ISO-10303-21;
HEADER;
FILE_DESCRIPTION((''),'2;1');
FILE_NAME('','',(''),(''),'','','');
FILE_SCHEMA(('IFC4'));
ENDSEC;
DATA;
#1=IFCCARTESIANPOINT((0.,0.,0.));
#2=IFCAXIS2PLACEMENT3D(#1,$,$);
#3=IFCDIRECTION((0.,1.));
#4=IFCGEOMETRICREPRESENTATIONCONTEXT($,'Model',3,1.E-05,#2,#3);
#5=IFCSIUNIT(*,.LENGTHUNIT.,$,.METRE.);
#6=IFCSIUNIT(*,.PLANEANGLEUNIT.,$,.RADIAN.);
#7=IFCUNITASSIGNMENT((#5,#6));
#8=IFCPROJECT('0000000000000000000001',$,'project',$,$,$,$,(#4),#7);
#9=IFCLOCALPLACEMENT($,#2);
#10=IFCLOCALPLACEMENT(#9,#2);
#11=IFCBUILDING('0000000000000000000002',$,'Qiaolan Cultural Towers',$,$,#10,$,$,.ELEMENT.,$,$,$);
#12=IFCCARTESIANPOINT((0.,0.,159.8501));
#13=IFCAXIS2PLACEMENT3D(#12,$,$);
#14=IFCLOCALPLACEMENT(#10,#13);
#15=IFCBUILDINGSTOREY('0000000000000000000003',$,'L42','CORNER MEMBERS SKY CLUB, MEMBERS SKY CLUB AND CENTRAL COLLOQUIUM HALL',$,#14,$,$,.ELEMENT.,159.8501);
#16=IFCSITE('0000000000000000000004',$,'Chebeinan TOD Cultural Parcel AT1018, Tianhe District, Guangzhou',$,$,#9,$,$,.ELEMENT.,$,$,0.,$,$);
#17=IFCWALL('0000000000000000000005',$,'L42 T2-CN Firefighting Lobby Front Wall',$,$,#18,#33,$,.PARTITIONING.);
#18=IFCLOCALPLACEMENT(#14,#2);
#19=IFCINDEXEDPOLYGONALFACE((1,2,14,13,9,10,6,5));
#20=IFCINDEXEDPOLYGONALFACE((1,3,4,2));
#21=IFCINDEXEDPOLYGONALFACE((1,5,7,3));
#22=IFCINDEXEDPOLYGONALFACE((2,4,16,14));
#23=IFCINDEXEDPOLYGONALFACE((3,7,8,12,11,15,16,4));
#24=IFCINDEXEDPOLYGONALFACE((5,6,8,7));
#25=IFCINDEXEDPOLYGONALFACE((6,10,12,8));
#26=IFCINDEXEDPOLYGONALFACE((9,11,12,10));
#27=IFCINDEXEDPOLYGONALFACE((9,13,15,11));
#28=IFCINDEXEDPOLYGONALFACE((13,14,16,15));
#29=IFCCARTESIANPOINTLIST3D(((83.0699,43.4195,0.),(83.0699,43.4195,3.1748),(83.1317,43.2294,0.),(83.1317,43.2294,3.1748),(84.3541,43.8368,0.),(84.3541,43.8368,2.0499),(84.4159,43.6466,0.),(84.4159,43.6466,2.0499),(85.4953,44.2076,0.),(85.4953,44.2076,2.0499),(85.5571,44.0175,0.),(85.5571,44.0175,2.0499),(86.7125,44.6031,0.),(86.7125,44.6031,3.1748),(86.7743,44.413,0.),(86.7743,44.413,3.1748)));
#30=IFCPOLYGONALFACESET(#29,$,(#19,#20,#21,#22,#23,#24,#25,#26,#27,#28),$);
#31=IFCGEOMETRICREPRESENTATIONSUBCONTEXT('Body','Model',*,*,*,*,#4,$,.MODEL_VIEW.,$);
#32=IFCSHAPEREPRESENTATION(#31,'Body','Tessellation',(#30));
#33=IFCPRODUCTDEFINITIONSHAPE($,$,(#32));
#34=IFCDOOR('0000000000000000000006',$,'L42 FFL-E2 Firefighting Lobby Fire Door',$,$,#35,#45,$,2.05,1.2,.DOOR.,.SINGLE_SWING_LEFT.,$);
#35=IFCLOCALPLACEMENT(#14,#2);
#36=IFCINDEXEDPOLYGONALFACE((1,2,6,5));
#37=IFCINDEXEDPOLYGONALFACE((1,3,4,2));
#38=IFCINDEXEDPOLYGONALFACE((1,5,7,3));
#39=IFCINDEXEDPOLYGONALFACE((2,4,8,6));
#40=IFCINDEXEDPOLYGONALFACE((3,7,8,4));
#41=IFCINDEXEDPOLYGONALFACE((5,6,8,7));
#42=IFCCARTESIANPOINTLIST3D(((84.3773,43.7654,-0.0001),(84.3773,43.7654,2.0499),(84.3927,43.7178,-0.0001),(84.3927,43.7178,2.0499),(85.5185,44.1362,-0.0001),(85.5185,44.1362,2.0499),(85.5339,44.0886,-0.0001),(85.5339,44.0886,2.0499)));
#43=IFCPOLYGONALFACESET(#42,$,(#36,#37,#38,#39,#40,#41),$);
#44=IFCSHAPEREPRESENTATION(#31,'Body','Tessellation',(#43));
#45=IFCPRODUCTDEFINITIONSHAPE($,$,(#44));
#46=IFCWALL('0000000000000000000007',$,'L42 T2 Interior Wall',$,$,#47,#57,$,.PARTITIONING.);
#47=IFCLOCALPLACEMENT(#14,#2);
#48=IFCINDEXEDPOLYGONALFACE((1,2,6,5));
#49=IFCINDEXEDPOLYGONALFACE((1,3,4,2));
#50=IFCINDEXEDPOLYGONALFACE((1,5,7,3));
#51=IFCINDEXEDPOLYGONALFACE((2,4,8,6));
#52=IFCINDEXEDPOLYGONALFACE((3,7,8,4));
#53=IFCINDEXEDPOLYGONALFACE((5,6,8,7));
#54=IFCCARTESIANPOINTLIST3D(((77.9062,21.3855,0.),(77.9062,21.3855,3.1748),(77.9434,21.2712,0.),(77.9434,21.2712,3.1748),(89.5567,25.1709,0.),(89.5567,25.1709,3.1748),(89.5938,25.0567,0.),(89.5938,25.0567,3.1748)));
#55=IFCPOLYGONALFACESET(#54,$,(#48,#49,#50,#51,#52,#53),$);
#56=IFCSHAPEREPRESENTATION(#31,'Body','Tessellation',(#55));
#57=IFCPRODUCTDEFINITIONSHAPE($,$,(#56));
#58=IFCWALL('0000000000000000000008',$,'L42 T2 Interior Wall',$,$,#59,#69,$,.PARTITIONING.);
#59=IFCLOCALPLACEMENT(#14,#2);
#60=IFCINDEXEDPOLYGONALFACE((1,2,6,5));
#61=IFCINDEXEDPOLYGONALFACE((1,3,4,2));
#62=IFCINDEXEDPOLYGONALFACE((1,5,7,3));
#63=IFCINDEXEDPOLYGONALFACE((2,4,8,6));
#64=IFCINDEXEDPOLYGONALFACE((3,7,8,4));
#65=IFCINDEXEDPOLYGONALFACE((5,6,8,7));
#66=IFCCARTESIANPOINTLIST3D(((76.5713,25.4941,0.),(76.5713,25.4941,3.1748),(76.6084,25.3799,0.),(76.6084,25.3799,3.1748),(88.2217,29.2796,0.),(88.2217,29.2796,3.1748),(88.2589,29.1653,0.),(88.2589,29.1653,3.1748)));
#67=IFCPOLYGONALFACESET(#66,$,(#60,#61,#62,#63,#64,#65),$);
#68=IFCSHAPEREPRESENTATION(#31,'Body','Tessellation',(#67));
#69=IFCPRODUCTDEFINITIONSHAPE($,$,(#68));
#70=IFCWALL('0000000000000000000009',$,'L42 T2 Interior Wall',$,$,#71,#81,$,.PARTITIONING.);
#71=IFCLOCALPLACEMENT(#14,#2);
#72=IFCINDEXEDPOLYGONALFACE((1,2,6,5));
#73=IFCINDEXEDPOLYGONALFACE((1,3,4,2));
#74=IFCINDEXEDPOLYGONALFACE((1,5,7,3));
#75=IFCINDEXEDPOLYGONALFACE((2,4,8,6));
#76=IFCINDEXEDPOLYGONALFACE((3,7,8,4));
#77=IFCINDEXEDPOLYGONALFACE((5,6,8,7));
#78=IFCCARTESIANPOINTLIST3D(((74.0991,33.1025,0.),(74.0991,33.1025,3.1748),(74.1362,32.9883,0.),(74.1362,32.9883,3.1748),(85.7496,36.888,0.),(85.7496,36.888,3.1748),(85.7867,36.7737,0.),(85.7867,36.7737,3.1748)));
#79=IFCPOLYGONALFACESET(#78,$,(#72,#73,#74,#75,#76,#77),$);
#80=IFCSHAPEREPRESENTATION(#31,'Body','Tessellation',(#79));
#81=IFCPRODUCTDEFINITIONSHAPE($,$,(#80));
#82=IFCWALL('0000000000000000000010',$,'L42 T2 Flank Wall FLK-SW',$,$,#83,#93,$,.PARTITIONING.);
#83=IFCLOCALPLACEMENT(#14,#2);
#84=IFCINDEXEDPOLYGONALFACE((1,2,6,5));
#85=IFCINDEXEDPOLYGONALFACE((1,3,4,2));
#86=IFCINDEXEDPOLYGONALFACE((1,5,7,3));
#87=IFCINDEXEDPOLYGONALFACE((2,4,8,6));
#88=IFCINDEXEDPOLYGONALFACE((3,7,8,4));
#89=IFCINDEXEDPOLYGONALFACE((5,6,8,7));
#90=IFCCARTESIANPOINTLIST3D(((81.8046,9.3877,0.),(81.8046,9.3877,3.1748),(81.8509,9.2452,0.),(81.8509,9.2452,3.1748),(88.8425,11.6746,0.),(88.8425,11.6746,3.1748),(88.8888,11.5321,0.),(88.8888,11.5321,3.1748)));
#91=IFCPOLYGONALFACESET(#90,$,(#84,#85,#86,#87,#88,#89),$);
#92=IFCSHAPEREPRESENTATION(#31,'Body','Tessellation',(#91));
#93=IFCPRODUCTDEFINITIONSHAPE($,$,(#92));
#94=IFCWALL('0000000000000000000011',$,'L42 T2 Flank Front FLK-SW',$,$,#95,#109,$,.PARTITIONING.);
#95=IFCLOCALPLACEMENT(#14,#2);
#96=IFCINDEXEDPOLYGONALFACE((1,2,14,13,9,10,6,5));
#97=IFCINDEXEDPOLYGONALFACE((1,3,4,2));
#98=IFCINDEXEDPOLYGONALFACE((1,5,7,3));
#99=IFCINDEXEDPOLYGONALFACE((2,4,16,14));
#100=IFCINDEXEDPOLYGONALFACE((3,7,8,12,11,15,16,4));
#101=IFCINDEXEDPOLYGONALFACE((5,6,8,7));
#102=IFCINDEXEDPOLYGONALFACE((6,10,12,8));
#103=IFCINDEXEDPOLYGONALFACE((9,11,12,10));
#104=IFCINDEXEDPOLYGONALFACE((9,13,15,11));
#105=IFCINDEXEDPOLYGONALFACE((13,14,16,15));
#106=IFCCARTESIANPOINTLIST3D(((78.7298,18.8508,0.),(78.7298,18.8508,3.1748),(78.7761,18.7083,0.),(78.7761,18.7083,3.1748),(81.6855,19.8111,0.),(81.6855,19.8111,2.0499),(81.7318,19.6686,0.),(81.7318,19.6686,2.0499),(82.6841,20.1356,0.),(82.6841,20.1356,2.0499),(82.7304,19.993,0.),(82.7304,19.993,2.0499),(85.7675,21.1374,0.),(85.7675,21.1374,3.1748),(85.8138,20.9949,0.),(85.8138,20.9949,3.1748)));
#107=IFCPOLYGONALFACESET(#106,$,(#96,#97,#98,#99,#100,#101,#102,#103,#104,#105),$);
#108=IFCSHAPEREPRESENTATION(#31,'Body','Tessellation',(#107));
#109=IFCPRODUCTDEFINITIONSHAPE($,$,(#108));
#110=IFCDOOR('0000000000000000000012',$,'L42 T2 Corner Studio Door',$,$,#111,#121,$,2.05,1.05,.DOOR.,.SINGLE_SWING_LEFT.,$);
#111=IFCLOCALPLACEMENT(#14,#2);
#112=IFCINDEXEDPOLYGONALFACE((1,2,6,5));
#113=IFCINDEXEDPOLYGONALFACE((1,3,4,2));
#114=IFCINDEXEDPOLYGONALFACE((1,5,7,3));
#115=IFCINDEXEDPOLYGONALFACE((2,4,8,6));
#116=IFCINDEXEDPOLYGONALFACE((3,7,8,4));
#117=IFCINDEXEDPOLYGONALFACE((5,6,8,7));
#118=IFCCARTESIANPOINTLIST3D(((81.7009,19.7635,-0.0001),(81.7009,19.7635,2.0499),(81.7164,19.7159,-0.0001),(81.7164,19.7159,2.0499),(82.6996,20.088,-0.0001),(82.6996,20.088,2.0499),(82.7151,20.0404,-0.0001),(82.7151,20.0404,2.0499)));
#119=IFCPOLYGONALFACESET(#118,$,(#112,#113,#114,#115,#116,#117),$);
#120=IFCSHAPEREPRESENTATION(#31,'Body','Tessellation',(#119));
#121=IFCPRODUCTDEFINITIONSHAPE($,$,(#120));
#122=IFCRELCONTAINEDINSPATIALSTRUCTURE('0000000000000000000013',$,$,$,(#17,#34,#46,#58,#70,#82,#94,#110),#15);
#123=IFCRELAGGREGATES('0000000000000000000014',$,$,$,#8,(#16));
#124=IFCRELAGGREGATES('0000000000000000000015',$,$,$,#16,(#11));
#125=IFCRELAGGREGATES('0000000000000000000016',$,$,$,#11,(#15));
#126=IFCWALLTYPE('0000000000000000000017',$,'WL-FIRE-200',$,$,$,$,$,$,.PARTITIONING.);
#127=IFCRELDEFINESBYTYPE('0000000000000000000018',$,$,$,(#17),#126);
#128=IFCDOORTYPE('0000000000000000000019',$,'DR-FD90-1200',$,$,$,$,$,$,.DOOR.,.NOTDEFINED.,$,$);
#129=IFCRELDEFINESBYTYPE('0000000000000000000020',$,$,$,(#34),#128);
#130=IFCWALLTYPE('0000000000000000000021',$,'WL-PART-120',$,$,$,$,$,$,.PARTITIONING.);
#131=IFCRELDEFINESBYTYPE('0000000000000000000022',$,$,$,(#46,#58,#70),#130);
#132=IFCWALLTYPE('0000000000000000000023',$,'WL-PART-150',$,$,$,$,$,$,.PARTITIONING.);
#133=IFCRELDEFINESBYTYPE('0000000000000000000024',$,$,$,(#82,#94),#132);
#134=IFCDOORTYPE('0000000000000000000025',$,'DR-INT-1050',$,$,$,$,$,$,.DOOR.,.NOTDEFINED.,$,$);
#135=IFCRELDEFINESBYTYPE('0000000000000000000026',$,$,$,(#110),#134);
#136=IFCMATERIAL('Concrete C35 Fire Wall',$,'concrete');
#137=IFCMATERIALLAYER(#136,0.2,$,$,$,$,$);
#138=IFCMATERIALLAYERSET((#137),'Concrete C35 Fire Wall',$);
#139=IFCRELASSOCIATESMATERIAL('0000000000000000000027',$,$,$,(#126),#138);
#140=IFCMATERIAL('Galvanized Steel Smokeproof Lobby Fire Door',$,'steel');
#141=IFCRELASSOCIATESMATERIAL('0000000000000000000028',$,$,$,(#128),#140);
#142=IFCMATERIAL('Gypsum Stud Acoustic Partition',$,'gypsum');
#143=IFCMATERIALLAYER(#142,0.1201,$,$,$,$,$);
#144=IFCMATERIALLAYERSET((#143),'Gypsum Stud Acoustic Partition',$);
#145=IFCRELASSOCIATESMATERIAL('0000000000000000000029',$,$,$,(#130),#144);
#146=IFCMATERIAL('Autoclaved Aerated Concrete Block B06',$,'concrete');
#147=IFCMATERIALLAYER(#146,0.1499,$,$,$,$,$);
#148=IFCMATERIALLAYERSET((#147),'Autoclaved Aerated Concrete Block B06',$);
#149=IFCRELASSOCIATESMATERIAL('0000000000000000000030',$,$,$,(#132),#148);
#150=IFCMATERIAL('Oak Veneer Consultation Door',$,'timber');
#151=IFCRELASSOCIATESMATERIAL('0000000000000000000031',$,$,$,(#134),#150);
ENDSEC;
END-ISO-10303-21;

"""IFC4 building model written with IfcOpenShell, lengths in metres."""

from ifc_helpers import new_model, si_unit, direction, frame, frame_2d, origin, place, context, subcontext, project, spatial, rectangle, extrude, material, layer, layer_set, type_object, element, fill, save


model = new_model("IFC4")

# Units and contexts
model_context = context("Model", 3, precision=1e-05, world=origin(), true_north=direction((0.0, 1.0)))
body_context = subcontext(model_context, "Body", "Model", "MODEL_VIEW")
ifc_project = project(units=[si_unit("LENGTHUNIT", "METRE"), si_unit("PLANEANGLEUNIT", "RADIAN")], contexts=[model_context])

# Site, building, storey
site_placement = place(None, origin())
site = spatial("IfcSite", under=ifc_project, at=site_placement, Name="Chebeinan TOD Cultural Parcel AT1018, Tianhe District, Guangzhou", CompositionType="ELEMENT", RefElevation=0.0)
building_placement = place(site_placement, origin())
building = spatial("IfcBuilding", under=site, at=building_placement, Name="Qiaolan Cultural Towers", CompositionType="ELEMENT")
storey_placement = place(building_placement, frame((0.0, 0.0, 159.8501)))
storey = spatial("IfcBuildingStorey", under=building, at=storey_placement, Name="L42", Description="CORNER MEMBERS SKY CLUB, MEMBERS SKY CLUB AND CENTRAL COLLOQUIUM HALL", CompositionType="ELEMENT", Elevation=159.8501)

# Wall, opening, door
ifc_material_1 = material(Name="Concrete C35 Fire Wall", Category="concrete")
ifc_layer_1 = layer(ifc_material_1, 0.2)
ifc_layer_set_1 = layer_set([ifc_layer_1], Name="Concrete C35 Fire Wall")
wall_type_1 = type_object("IfcWallType", Name="WL-FIRE-200", PredefinedType="PARTITIONING", material=ifc_layer_set_1)
wall_1_placement = place(storey_placement, frame((83.1008, 43.3245, 0.0), z_axis=(0.0, 0.0, 1.0), x_axis=(0.951053, 0.309028, 0.0)))
wall_1 = element("IfcWall", 1, at=wall_1_placement, inside=storey, type_object=wall_type_1, Name="L42 T2-CN Firefighting Lobby Front Wall", PredefinedType="PARTITIONING", context=body_context, shape_type="SweptSolid", body=[
    extrude(rectangle(XDim=3.8301, YDim=0.2, at=frame_2d((1.915, 0.0))), origin(), (0.0, 0.0, 1.0), 3.1748),
])
opening_1_placement = place(wall_1_placement, frame((1.3501, 0.0, 0.0)))
opening_1 = element("IfcOpeningElement", 2, at=opening_1_placement, cuts=wall_1, PredefinedType="OPENING", context=body_context, shape_type="SweptSolid", body=[
    extrude(rectangle(XDim=1.2, YDim=2.05, at=frame_2d((0.6001, 1.0249))), frame((0.0, 0.1099, 0.0), z_axis=(0.0, -1.0, 0.0), x_axis=(1.0, 0.0, 0.0)), (0.0, 0.0, 1.0), 0.22),
])
ifc_material_2 = material(Name="Galvanized Steel Smokeproof Lobby Fire Door", Category="steel")
door_type_1 = type_object("IfcDoorType", Name="DR-FD90-1200", OperationType="NOTDEFINED", PredefinedType="DOOR", material=ifc_material_2)
door_1_placement = place(opening_1_placement, origin())
door_1 = element("IfcDoor", 3, at=door_1_placement, inside=storey, type_object=door_type_1, Name="L42 FFL-E2 Firefighting Lobby Fire Door", OperationType="SINGLE_SWING_LEFT", OverallHeight=2.05, OverallWidth=1.2, PredefinedType="DOOR", context=body_context, shape_type="SweptSolid", body=[
    extrude(rectangle(XDim=1.2, YDim=2.05, at=frame_2d((0.6001, 1.0249))), frame((0.0, 0.0249, 0.0), z_axis=(0.0, -1.0, 0.0), x_axis=(1.0, 0.0, 0.0)), (0.0, 0.0, 1.0), 0.05),
])
fill(opening_1, door_1)

# Walls
ifc_material_3 = material(Name="Gypsum Stud Acoustic Partition", Category="gypsum")
ifc_layer_2 = layer(ifc_material_3, 0.1201)
ifc_layer_set_2 = layer_set([ifc_layer_2], Name="Gypsum Stud Acoustic Partition")
wall_type_2 = type_object("IfcWallType", Name="WL-PART-120", PredefinedType="PARTITIONING", material=ifc_layer_set_2)
for number, where, z_axis, x_axis, name in (
    (4, (77.9248, 21.3284, 0.0), (0.0, 0.0, 1.0), (0.951057, 0.309014, 0.0), "L42 T2 Interior Wall"),
    (5, (76.5898, 25.437, 0.0), (0.0, 0.0, 1.0), (0.951057, 0.309014, 0.0), "L42 T2 Interior Wall"),
    (6, (74.1177, 33.0454, 0.0), (0.0, 0.0, 1.0), (0.951057, 0.309014, 0.0), "L42 T2 Interior Wall"),
):
    element("IfcWall", number, at=place(storey_placement, frame(where, z_axis=z_axis, x_axis=x_axis)), inside=storey, type_object=wall_type_2, Name=name, PredefinedType="PARTITIONING", context=body_context, shape_type="SweptSolid", body=[
        extrude(rectangle(XDim=12.25, YDim=0.1201, at=frame_2d((6.125, 0.0))), origin(), (0.0, 0.0, 1.0), 3.1748),
    ])
ifc_material_4 = material(Name="Autoclaved Aerated Concrete Block B06", Category="concrete")
ifc_layer_3 = layer(ifc_material_4, 0.1499)
ifc_layer_set_3 = layer_set([ifc_layer_3], Name="Autoclaved Aerated Concrete Block B06")
wall_type_3 = type_object("IfcWallType", Name="WL-PART-150", PredefinedType="PARTITIONING", material=ifc_layer_set_3)
wall_2_placement = place(storey_placement, frame((81.8276, 9.3164, 0.0), z_axis=(0.0, 0.0, 1.0), x_axis=(0.951051, 0.309033, 0.0)))
element("IfcWall", 7, at=wall_2_placement, inside=storey, type_object=wall_type_3, Name="L42 T2 Flank Wall FLK-SW", PredefinedType="PARTITIONING", context=body_context, shape_type="SweptSolid", body=[
    extrude(rectangle(XDim=7.4001, YDim=0.1499, at=frame_2d((3.7002, 0.0))), origin(), (0.0, 0.0, 1.0), 3.1748),
])

# Wall, opening, door
wall_3_placement = place(storey_placement, frame((78.7529, 18.7795, 0.0), z_axis=(0.0, 0.0, 1.0), x_axis=(0.951061, 0.309003, 0.0)))
wall_3 = element("IfcWall", 8, at=wall_3_placement, inside=storey, type_object=wall_type_3, Name="L42 T2 Flank Front FLK-SW", PredefinedType="PARTITIONING", context=body_context, shape_type="SweptSolid", body=[
    extrude(rectangle(XDim=7.3999, YDim=0.1499, at=frame_2d((3.7, 0.0))), origin(), (0.0, 0.0, 1.0), 3.1748),
])
opening_2_placement = place(wall_3_placement, frame((3.1079, 0.0, 0.0)))
opening_2 = element("IfcOpeningElement", 9, at=opening_2_placement, cuts=wall_3, PredefinedType="OPENING", context=body_context, shape_type="SweptSolid", body=[
    extrude(rectangle(XDim=1.05, YDim=2.05, at=frame_2d((0.5249, 1.0249))), frame((0.0, 0.085, 0.0), z_axis=(0.0, -1.0, 0.0), x_axis=(1.0, 0.0, 0.0)), (0.0, 0.0, 1.0), 0.1699),
])
ifc_material_5 = material(Name="Oak Veneer Consultation Door", Category="timber")
door_type_2 = type_object("IfcDoorType", Name="DR-INT-1050", OperationType="NOTDEFINED", PredefinedType="DOOR", material=ifc_material_5)
door_2_placement = place(opening_2_placement, origin())
door_2 = element("IfcDoor", 10, at=door_2_placement, inside=storey, type_object=door_type_2, Name="L42 T2 Corner Studio Door", OperationType="SINGLE_SWING_LEFT", OverallHeight=2.05, OverallWidth=1.05, PredefinedType="DOOR", context=body_context, shape_type="SweptSolid", body=[
    extrude(rectangle(XDim=1.05, YDim=2.05, at=frame_2d((0.5249, 1.0249))), frame((0.0, 0.0249, 0.0), z_axis=(0.0, -1.0, 0.0), x_axis=(1.0, 0.0, 0.0)), (0.0, 0.0, 1.0), 0.05),
])
fill(opening_2, door_2)

save(model, "model.ifc")
